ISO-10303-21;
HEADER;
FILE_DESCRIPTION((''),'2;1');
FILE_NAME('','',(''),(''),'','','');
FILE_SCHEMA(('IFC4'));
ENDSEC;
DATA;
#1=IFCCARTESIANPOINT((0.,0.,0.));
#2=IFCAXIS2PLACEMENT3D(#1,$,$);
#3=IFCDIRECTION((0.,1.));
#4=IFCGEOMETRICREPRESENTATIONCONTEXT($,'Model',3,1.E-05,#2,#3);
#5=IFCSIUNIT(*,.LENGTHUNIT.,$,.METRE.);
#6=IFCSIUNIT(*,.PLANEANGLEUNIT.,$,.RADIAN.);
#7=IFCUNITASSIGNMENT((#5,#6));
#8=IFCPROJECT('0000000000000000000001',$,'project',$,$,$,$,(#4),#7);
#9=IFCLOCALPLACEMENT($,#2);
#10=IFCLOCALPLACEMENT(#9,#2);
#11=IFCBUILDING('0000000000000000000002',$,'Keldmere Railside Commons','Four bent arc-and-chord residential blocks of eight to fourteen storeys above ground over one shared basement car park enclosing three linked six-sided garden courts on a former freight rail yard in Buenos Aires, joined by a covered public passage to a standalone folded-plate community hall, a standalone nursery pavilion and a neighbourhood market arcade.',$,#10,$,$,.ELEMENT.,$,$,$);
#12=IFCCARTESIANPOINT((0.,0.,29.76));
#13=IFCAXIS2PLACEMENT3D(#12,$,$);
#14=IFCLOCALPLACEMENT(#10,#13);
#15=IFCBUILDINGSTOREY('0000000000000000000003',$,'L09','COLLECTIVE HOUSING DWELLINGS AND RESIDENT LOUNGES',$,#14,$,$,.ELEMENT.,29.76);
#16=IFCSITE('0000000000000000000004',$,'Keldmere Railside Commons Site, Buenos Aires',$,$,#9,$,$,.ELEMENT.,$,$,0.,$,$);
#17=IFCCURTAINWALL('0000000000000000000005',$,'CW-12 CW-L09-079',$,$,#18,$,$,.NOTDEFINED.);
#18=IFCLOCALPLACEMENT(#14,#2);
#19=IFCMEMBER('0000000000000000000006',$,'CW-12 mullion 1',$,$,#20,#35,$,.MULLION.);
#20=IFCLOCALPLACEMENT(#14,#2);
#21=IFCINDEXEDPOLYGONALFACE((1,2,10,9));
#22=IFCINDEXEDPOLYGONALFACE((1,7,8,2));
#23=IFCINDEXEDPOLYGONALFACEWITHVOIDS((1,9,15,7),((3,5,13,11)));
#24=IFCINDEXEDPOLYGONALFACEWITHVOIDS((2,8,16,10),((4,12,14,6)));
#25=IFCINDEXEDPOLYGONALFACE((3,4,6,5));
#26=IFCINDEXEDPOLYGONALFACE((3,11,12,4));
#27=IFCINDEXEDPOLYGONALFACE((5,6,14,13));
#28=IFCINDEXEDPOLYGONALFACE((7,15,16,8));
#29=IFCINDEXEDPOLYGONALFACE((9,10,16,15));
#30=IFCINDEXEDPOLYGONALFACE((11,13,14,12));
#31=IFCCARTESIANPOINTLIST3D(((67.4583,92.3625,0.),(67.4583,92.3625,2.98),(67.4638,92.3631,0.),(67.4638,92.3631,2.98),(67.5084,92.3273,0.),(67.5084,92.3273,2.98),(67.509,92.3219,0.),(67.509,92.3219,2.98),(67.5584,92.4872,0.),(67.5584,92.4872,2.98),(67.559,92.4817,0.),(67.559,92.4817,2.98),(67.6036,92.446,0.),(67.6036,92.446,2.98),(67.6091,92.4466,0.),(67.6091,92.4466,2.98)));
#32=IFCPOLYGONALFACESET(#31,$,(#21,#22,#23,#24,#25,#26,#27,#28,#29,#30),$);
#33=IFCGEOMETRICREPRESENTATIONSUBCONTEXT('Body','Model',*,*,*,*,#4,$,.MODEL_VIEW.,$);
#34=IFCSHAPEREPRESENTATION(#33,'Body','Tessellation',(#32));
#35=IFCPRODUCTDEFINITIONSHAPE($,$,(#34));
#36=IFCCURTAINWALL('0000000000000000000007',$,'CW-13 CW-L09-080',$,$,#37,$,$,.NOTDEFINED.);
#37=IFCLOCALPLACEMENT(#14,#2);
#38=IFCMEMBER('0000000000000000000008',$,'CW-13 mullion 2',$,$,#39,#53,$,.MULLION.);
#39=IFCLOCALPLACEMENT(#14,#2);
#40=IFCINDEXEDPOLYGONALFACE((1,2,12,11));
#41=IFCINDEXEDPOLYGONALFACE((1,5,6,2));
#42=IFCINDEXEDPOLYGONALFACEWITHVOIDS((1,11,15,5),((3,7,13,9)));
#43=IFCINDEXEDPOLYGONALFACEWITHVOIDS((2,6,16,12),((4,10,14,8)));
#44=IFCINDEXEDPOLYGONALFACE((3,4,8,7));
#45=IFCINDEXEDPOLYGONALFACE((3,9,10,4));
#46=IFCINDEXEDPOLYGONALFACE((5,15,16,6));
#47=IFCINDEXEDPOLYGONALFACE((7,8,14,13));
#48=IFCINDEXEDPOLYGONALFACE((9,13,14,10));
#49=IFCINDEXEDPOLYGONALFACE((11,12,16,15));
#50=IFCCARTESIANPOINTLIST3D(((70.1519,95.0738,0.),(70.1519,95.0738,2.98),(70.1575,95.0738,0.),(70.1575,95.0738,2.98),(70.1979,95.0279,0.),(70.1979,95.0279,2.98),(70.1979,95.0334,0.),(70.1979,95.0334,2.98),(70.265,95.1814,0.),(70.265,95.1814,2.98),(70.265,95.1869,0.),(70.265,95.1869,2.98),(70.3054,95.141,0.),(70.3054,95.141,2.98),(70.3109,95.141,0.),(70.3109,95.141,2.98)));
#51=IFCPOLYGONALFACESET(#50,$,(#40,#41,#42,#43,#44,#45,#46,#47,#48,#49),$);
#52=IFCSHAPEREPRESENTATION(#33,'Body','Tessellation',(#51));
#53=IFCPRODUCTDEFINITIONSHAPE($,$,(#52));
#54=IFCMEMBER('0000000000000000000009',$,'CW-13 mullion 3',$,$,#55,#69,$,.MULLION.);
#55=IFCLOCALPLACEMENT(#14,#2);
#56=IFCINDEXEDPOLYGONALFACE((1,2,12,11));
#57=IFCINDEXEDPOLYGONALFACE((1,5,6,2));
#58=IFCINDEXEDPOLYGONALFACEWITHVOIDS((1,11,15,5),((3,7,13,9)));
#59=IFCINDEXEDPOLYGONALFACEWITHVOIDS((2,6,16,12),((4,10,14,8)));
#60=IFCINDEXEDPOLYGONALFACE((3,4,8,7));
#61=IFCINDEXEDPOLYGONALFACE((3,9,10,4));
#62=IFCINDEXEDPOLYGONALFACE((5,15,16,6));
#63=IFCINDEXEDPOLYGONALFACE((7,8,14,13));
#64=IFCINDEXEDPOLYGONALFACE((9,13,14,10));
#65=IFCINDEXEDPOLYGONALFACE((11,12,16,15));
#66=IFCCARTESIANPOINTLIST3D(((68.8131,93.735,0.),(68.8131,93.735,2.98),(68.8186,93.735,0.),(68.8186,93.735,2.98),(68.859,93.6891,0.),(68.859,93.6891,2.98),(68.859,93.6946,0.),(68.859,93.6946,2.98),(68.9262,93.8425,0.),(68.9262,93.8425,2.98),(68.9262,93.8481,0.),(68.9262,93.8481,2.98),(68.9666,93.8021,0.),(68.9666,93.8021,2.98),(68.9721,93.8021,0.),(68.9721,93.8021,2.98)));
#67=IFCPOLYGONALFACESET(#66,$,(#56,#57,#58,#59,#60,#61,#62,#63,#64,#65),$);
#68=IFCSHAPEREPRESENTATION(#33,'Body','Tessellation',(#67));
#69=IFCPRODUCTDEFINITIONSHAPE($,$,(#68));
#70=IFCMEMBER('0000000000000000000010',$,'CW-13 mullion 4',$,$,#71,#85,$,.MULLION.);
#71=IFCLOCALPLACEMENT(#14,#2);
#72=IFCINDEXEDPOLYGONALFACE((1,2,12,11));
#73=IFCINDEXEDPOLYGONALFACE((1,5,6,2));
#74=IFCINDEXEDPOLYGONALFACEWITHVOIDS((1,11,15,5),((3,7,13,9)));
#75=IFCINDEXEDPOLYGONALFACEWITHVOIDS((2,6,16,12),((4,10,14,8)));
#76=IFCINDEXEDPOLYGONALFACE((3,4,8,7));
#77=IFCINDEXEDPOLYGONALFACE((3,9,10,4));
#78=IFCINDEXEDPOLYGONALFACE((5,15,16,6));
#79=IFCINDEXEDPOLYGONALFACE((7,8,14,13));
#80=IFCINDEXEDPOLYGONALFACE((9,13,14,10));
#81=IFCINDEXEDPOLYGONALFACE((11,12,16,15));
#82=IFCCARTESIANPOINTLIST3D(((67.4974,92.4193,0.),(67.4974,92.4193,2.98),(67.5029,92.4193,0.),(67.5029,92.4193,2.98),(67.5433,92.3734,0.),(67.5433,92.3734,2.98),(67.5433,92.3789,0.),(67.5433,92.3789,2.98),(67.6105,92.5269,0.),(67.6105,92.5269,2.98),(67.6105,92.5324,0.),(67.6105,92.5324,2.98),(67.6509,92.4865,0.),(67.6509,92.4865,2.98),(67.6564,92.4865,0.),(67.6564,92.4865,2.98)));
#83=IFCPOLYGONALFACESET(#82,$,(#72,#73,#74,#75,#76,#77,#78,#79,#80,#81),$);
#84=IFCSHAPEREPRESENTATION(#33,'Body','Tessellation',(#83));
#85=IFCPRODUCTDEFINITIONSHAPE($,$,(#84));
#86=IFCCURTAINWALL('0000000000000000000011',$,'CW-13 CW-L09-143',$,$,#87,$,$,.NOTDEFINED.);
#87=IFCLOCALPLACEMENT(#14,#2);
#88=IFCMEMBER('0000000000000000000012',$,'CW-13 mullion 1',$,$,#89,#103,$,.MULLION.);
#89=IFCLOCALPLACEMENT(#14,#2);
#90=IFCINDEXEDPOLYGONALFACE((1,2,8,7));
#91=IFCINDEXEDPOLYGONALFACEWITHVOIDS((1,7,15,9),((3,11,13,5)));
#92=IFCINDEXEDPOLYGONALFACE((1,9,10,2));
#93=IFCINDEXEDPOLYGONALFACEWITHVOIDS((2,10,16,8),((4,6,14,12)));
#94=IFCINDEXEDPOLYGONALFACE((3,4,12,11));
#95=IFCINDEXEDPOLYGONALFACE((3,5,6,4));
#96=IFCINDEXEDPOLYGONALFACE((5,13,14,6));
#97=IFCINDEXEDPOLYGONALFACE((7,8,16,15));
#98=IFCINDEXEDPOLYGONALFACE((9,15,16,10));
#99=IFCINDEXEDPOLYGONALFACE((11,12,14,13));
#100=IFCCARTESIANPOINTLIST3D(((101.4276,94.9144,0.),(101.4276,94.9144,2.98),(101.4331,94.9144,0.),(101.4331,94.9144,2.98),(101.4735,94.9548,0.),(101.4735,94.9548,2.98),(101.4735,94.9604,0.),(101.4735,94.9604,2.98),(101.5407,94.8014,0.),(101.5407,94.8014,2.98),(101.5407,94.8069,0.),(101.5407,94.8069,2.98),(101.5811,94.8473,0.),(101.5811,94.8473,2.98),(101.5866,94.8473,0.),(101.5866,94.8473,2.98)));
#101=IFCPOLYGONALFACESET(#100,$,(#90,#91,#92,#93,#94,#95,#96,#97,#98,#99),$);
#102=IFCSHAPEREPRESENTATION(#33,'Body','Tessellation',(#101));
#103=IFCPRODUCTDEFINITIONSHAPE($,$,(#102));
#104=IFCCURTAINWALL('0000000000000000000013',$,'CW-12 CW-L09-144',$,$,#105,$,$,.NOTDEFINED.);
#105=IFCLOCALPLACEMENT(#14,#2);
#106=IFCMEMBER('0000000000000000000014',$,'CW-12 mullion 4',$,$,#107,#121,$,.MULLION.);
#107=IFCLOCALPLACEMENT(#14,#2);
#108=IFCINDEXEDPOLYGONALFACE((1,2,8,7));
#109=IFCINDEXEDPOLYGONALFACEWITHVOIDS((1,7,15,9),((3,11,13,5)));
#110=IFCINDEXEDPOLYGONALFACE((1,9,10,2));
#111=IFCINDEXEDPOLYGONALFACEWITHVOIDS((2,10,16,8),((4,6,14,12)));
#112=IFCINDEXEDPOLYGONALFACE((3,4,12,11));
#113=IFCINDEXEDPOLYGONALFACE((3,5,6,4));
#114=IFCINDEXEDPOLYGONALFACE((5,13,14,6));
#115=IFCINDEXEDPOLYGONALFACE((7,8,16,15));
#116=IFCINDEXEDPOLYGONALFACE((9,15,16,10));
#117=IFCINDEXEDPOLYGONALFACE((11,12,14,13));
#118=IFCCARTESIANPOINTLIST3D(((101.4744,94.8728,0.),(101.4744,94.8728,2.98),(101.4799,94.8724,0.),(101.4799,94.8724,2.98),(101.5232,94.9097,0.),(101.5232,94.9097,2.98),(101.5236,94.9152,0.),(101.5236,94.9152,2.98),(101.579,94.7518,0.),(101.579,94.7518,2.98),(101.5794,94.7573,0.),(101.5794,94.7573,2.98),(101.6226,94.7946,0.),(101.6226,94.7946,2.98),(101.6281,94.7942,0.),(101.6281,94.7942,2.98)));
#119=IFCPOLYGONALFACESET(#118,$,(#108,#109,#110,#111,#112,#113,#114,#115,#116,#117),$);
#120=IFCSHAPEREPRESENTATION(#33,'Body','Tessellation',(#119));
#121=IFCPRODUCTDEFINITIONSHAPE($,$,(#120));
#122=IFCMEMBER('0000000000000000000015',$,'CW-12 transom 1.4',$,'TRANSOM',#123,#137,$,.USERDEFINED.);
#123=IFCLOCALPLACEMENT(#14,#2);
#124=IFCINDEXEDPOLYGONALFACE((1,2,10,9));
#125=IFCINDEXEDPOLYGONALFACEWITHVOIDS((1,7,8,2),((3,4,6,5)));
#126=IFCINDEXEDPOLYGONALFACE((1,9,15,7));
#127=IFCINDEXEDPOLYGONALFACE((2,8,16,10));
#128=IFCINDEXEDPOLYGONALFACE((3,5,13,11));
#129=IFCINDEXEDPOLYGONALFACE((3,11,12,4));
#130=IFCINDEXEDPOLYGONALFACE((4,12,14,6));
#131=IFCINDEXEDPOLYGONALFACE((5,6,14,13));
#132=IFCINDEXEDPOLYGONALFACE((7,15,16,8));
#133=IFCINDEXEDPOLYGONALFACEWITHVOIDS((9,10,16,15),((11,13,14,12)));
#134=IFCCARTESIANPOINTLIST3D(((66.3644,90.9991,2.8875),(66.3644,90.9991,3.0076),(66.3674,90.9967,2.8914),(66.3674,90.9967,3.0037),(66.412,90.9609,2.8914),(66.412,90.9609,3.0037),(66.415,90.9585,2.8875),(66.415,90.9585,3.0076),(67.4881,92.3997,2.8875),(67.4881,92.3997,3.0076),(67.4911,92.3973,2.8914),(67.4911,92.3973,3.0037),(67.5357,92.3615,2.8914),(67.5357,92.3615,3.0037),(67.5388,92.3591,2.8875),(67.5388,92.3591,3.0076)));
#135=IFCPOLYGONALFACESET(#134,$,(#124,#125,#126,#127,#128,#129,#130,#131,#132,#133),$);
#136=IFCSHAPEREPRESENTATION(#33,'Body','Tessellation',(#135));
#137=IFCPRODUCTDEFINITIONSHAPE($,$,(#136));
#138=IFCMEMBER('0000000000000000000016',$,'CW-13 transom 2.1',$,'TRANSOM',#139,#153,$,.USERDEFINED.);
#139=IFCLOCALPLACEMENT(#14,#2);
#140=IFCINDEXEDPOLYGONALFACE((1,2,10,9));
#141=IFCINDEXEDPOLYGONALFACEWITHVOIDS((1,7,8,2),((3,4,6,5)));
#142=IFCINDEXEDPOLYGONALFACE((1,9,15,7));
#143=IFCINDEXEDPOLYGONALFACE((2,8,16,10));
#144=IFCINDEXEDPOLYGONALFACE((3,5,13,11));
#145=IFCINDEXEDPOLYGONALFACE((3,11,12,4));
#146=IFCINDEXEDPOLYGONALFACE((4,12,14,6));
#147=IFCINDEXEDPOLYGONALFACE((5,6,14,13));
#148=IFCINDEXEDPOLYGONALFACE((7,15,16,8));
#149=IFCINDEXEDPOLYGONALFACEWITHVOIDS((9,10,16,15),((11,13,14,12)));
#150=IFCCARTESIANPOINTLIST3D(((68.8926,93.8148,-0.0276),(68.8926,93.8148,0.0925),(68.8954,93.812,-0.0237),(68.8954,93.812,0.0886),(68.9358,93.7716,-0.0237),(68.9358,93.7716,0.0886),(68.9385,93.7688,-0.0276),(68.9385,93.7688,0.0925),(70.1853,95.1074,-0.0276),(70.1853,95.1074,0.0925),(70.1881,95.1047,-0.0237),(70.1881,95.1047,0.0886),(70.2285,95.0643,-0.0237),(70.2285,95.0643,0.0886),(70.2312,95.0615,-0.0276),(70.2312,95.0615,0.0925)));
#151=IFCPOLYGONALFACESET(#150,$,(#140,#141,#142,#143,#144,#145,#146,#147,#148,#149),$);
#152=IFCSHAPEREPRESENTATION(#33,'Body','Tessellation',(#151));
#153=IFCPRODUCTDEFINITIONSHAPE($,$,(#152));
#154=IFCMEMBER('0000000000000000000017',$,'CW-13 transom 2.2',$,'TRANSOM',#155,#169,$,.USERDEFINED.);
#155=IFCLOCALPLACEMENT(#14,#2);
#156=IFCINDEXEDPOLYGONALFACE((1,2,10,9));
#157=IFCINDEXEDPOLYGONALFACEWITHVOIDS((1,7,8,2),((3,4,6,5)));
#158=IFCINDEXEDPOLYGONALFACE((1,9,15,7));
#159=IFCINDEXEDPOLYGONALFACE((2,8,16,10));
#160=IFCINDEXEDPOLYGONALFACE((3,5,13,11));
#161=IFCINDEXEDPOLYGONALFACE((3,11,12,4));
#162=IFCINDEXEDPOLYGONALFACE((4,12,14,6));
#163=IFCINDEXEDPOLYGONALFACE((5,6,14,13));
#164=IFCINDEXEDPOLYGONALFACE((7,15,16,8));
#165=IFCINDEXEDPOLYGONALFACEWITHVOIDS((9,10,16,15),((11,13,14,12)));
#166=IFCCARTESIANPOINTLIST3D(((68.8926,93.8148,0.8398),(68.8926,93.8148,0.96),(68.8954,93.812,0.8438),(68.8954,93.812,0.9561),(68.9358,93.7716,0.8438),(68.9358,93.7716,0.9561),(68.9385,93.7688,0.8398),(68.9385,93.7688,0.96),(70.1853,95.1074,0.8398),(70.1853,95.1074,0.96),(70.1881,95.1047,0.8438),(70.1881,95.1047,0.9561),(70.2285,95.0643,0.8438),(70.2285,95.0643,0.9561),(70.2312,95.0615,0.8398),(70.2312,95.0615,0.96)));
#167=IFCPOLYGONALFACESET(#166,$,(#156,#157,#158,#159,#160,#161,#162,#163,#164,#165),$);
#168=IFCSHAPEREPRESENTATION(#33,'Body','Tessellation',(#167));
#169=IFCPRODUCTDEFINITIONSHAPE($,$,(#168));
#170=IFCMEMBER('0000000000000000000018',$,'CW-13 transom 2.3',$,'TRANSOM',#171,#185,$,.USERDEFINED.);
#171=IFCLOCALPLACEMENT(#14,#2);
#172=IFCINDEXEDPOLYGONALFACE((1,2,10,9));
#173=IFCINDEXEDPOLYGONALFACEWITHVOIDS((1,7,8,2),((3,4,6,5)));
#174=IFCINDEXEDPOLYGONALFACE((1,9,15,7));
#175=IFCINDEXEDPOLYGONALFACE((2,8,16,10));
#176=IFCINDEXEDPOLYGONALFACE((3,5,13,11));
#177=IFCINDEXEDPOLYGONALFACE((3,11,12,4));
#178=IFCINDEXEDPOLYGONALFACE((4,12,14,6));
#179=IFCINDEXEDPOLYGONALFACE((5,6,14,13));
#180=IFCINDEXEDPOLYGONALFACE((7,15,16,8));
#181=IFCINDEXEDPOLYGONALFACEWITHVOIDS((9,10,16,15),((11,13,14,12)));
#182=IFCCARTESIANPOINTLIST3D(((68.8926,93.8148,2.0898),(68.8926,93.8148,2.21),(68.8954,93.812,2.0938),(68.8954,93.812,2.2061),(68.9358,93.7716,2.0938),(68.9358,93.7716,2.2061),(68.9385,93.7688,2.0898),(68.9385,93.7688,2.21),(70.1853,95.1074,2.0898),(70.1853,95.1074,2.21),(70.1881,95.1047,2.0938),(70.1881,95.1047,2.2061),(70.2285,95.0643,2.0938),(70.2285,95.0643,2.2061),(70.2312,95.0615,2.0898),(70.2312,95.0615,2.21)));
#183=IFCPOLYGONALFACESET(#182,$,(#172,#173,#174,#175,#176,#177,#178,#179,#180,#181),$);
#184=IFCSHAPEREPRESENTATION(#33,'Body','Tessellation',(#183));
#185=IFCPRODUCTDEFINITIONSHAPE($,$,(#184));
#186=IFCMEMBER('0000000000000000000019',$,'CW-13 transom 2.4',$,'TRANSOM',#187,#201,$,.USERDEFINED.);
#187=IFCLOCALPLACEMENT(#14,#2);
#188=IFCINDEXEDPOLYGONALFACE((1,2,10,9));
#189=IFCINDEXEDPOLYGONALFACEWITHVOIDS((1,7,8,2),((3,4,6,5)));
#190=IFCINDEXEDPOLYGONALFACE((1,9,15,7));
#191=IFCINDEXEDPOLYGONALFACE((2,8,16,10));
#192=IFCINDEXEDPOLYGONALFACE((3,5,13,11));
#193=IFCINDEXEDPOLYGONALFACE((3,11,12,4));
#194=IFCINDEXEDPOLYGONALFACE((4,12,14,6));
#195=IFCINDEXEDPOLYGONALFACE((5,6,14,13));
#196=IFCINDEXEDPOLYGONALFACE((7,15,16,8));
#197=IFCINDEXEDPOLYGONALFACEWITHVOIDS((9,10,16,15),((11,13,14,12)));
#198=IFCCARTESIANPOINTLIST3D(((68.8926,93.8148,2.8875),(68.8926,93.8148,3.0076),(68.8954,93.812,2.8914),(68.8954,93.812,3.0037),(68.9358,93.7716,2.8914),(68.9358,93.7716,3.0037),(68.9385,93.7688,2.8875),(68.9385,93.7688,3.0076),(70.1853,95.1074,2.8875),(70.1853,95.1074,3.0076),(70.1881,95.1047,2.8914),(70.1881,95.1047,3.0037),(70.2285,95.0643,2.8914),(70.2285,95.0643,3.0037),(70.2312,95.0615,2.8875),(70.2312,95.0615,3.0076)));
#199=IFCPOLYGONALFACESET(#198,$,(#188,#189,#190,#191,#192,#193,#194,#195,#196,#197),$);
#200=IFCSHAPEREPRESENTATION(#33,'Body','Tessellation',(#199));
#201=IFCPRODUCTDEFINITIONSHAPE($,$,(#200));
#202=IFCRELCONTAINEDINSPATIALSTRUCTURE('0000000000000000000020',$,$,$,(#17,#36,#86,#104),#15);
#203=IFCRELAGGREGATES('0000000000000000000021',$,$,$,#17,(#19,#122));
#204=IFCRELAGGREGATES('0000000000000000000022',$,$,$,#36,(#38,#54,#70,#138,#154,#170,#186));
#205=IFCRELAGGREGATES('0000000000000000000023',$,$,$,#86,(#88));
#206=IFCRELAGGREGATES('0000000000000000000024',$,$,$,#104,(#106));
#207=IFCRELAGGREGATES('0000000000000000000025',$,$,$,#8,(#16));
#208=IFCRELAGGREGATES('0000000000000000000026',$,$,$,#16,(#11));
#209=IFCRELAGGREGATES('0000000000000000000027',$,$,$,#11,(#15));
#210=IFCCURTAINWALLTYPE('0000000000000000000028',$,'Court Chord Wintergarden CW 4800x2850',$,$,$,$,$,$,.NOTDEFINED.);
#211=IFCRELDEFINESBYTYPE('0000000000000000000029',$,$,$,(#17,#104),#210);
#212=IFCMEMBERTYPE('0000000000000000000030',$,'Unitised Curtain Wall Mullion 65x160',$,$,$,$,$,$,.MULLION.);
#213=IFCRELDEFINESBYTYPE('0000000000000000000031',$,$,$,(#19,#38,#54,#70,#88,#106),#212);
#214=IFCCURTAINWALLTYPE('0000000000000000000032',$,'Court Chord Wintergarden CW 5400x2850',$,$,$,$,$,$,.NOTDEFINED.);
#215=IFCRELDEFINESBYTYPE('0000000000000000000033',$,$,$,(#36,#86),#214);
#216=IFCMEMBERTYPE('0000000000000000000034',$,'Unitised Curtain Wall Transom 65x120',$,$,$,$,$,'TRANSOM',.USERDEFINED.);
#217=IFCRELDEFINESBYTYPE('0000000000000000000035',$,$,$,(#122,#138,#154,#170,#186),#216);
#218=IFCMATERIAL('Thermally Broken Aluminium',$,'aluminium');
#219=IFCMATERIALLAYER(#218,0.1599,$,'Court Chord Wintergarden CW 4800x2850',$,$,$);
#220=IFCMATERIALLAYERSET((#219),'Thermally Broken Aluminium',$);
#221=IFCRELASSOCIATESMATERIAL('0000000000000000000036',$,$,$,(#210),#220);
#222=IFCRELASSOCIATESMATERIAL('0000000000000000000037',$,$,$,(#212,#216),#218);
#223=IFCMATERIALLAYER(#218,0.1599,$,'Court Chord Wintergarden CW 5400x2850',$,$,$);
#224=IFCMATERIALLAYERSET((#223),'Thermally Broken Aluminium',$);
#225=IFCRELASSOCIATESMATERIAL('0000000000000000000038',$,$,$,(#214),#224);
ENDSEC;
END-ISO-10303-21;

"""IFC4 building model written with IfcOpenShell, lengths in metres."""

from ifc_helpers import new_model, si_unit, direction, frame, origin, origin_2d, place, context, subcontext, project, spatial, hollow_rectangle, extrude, material, layer, layer_set, material_profile, profile_set, type_object, element, aggregate, save


model = new_model("IFC4")

# Units and contexts
model_context = context("Model", 3, precision=1e-05, world=origin(), true_north=direction((0.0, 1.0)))
body_context = subcontext(model_context, "Body", "Model", "MODEL_VIEW")
ifc_project = project(units=[si_unit("LENGTHUNIT", "METRE"), si_unit("PLANEANGLEUNIT", "RADIAN")], contexts=[model_context])

# Site, building, storey
site_placement = place(None, origin())
site = spatial("IfcSite", under=ifc_project, at=site_placement, Name="Keldmere Railside Commons Site, Buenos Aires", CompositionType="ELEMENT", RefElevation=0.0)
building_placement = place(site_placement, origin())
building = spatial("IfcBuilding", under=site, at=building_placement, Name="Keldmere Railside Commons", Description="Four bent arc-and-chord residential blocks of eight to fourteen storeys above ground over one shared basement car park enclosing three linked six-sided garden courts on a former freight rail yard in Buenos Aires, joined by a covered public passage to a standalone folded-plate community hall, a standalone nursery pavilion and a neighbourhood market arcade.", CompositionType="ELEMENT")
storey_placement = place(building_placement, frame((0.0, 0.0, 29.76)))
storey = spatial("IfcBuildingStorey", under=building, at=storey_placement, Name="L09", Description="COLLECTIVE HOUSING DWELLINGS AND RESIDENT LOUNGES", CompositionType="ELEMENT", Elevation=29.76)

# Curtain wall, member
ifc_material_1 = material(Name="Thermally Broken Aluminium", Category="aluminium")
ifc_layer_1 = layer(ifc_material_1, 0.1599, Name="Court Chord Wintergarden CW 4800x2850")
ifc_layer_set_1 = layer_set([ifc_layer_1], Name="Thermally Broken Aluminium")
curtain_wall_type_1 = type_object("IfcCurtainWallType", Name="Court Chord Wintergarden CW 4800x2850", PredefinedType="NOTDEFINED", material=ifc_layer_set_1)
curtain_wall_1_placement = place(storey_placement, origin())
curtain_wall_1 = element("IfcCurtainWall", 1, at=curtain_wall_1_placement, inside=storey, type_object=curtain_wall_type_1, Name="CW-12 CW-L09-079", PredefinedType="NOTDEFINED")
ifc_material_profile_1 = material_profile(ifc_material_1, hollow_rectangle(XDim=0.0649, YDim=0.1599, WallThickness=0.0039, at=origin_2d()), Name="ALU-MULL-65x160")
ifc_profile_set_1 = profile_set([ifc_material_profile_1], Name="Thermally Broken Aluminium")
member_type_1 = type_object("IfcMemberType", Name="Unitised Curtain Wall Mullion 65x160", PredefinedType="MULLION", material=ifc_profile_set_1)
member_1_placement = place(storey_placement, frame((67.5337, 92.4045, 0.0), z_axis=(0.0, 0.0, 1.0), x_axis=(0.780009, -0.625768, 0.0)))
member_1 = element("IfcMember", 2, at=member_1_placement, type_object=member_type_1, Name="CW-12 mullion 1", PredefinedType="MULLION", context=body_context, shape_type="SweptSolid", body=[
    extrude(hollow_rectangle(XDim=0.0649, YDim=0.1599, WallThickness=0.0039, at=origin_2d()), origin(), (0.0, 0.0, 1.0), 2.98),
])

# Curtain wall, members
ifc_layer_2 = layer(ifc_material_1, 0.1599, Name="Court Chord Wintergarden CW 5400x2850")
ifc_layer_set_2 = layer_set([ifc_layer_2], Name="Thermally Broken Aluminium")
curtain_wall_type_2 = type_object("IfcCurtainWallType", Name="Court Chord Wintergarden CW 5400x2850", PredefinedType="NOTDEFINED", material=ifc_layer_set_2)
curtain_wall_2_placement = place(storey_placement, origin())
curtain_wall_2 = element("IfcCurtainWall", 3, at=curtain_wall_2_placement, inside=storey, type_object=curtain_wall_type_2, Name="CW-13 CW-L09-080", PredefinedType="NOTDEFINED")
member_2_placement = place(storey_placement, frame((70.2314, 95.1074, 0.0), z_axis=(0.0, 0.0, 1.0), x_axis=(0.707107, -0.707107, 0.0)))
member_2 = element("IfcMember", 4, at=member_2_placement, type_object=member_type_1, Name="CW-13 mullion 2", PredefinedType="MULLION", context=body_context, shape_type="SweptSolid", body=[
    extrude(hollow_rectangle(XDim=0.0649, YDim=0.1599, WallThickness=0.0039, at=origin_2d()), origin(), (0.0, 0.0, 1.0), 2.98),
])
member_3_placement = place(storey_placement, frame((68.8926, 93.7686, 0.0), z_axis=(0.0, 0.0, 1.0), x_axis=(0.707107, -0.707107, 0.0)))
member_3 = element("IfcMember", 5, at=member_3_placement, type_object=member_type_1, Name="CW-13 mullion 3", PredefinedType="MULLION", context=body_context, shape_type="SweptSolid", body=[
    extrude(hollow_rectangle(XDim=0.0649, YDim=0.1599, WallThickness=0.0039, at=origin_2d()), origin(), (0.0, 0.0, 1.0), 2.98),
])
member_4_placement = place(storey_placement, frame((67.5769, 92.4529, 0.0), z_axis=(0.0, 0.0, 1.0), x_axis=(0.707107, -0.707107, 0.0)))
member_4 = element("IfcMember", 6, at=member_4_placement, type_object=member_type_1, Name="CW-13 mullion 4", PredefinedType="MULLION", context=body_context, shape_type="SweptSolid", body=[
    extrude(hollow_rectangle(XDim=0.0649, YDim=0.1599, WallThickness=0.0039, at=origin_2d()), origin(), (0.0, 0.0, 1.0), 2.98),
])

# Curtain walls, members
curtain_wall_3_placement = place(storey_placement, origin())
curtain_wall_3 = element("IfcCurtainWall", 7, at=curtain_wall_3_placement, inside=storey, type_object=curtain_wall_type_2, Name="CW-13 CW-L09-143", PredefinedType="NOTDEFINED")
member_5_placement = place(storey_placement, frame((101.5071, 94.8809, 0.0), z_axis=(0.0, 0.0, 1.0), x_axis=(-0.707107, -0.707107, 0.0)))
member_5 = element("IfcMember", 8, at=member_5_placement, type_object=member_type_1, Name="CW-13 mullion 1", PredefinedType="MULLION", context=body_context, shape_type="SweptSolid", body=[
    extrude(hollow_rectangle(XDim=0.0649, YDim=0.1599, WallThickness=0.0039, at=origin_2d()), origin(), (0.0, 0.0, 1.0), 2.98),
])
curtain_wall_4_placement = place(storey_placement, origin())
curtain_wall_4 = element("IfcCurtainWall", 9, at=curtain_wall_4_placement, inside=storey, type_object=curtain_wall_type_1, Name="CW-12 CW-L09-144", PredefinedType="NOTDEFINED")
member_6_placement = place(storey_placement, frame((101.5513, 94.8335, 0.0), z_axis=(0.0, 0.0, 1.0), x_axis=(-0.756597, -0.653882, 0.0)))
member_6 = element("IfcMember", 10, at=member_6_placement, type_object=member_type_1, Name="CW-12 mullion 4", PredefinedType="MULLION", context=body_context, shape_type="SweptSolid", body=[
    extrude(hollow_rectangle(XDim=0.0649, YDim=0.1599, WallThickness=0.0039, at=origin_2d()), origin(), (0.0, 0.0, 1.0), 2.98),
])

# Members
ifc_material_profile_2 = material_profile(ifc_material_1, hollow_rectangle(XDim=0.0649, YDim=0.1201, WallThickness=0.0039, at=origin_2d()), Name="ALU-TRAN-65x120")
ifc_profile_set_2 = profile_set([ifc_material_profile_2], Name="Thermally Broken Aluminium")
member_type_2 = type_object("IfcMemberType", Name="Unitised Curtain Wall Transom 65x120", ElementType="TRANSOM", PredefinedType="USERDEFINED", material=ifc_profile_set_2)
member_7_placement = place(storey_placement, frame((67.5134, 92.3794, 2.9475), z_axis=(-0.625805, -0.779979, 0.0), x_axis=(0.779979, -0.625805, 0.0)))
member_7 = element("IfcMember", 11, at=member_7_placement, type_object=member_type_2, Name="CW-12 transom 1.4", ObjectType="TRANSOM", PredefinedType="USERDEFINED", context=body_context, shape_type="SweptSolid", body=[
    extrude(hollow_rectangle(XDim=0.0649, YDim=0.1201, WallThickness=0.0039, at=origin_2d()), origin(), (0.0, 0.0, 1.0), 1.7957),
])
aggregate(curtain_wall_1, [member_1, member_7])
member_8_placement = place(storey_placement, frame((70.2083, 95.0845, 0.0325), z_axis=(-0.707107, -0.707107, 0.0), x_axis=(0.707107, -0.707107, 0.0)))
member_8 = element("IfcMember", 12, at=member_8_placement, type_object=member_type_2, Name="CW-13 transom 2.1", ObjectType="TRANSOM", PredefinedType="USERDEFINED", context=body_context, shape_type="SweptSolid", body=[
    extrude(hollow_rectangle(XDim=0.0649, YDim=0.1201, WallThickness=0.0039, at=origin_2d()), origin(), (0.0, 0.0, 1.0), 1.8281),
])
member_9_placement = place(storey_placement, frame((70.2083, 95.0845, 0.8999), z_axis=(-0.707107, -0.707107, 0.0), x_axis=(0.707107, -0.707107, 0.0)))
member_9 = element("IfcMember", 13, at=member_9_placement, type_object=member_type_2, Name="CW-13 transom 2.2", ObjectType="TRANSOM", PredefinedType="USERDEFINED", context=body_context, shape_type="SweptSolid", body=[
    extrude(hollow_rectangle(XDim=0.0649, YDim=0.1201, WallThickness=0.0039, at=origin_2d()), origin(), (0.0, 0.0, 1.0), 1.8281),
])
member_10_placement = place(storey_placement, frame((70.2083, 95.0845, 2.1499), z_axis=(-0.707107, -0.707107, 0.0), x_axis=(0.707107, -0.707107, 0.0)))
member_10 = element("IfcMember", 14, at=member_10_placement, type_object=member_type_2, Name="CW-13 transom 2.3", ObjectType="TRANSOM", PredefinedType="USERDEFINED", context=body_context, shape_type="SweptSolid", body=[
    extrude(hollow_rectangle(XDim=0.0649, YDim=0.1201, WallThickness=0.0039, at=origin_2d()), origin(), (0.0, 0.0, 1.0), 1.8281),
])
member_11_placement = place(storey_placement, frame((70.2083, 95.0845, 2.9475), z_axis=(-0.707107, -0.707107, 0.0), x_axis=(0.707107, -0.707107, 0.0)))
member_11 = element("IfcMember", 15, at=member_11_placement, type_object=member_type_2, Name="CW-13 transom 2.4", ObjectType="TRANSOM", PredefinedType="USERDEFINED", context=body_context, shape_type="SweptSolid", body=[
    extrude(hollow_rectangle(XDim=0.0649, YDim=0.1201, WallThickness=0.0039, at=origin_2d()), origin(), (0.0, 0.0, 1.0), 1.8281),
])

aggregate(curtain_wall_2, [member_2, member_3, member_4, member_8, member_9, member_10, member_11])
aggregate(curtain_wall_3, [member_5])
aggregate(curtain_wall_4, [member_6])

save(model, "model.ifc")
